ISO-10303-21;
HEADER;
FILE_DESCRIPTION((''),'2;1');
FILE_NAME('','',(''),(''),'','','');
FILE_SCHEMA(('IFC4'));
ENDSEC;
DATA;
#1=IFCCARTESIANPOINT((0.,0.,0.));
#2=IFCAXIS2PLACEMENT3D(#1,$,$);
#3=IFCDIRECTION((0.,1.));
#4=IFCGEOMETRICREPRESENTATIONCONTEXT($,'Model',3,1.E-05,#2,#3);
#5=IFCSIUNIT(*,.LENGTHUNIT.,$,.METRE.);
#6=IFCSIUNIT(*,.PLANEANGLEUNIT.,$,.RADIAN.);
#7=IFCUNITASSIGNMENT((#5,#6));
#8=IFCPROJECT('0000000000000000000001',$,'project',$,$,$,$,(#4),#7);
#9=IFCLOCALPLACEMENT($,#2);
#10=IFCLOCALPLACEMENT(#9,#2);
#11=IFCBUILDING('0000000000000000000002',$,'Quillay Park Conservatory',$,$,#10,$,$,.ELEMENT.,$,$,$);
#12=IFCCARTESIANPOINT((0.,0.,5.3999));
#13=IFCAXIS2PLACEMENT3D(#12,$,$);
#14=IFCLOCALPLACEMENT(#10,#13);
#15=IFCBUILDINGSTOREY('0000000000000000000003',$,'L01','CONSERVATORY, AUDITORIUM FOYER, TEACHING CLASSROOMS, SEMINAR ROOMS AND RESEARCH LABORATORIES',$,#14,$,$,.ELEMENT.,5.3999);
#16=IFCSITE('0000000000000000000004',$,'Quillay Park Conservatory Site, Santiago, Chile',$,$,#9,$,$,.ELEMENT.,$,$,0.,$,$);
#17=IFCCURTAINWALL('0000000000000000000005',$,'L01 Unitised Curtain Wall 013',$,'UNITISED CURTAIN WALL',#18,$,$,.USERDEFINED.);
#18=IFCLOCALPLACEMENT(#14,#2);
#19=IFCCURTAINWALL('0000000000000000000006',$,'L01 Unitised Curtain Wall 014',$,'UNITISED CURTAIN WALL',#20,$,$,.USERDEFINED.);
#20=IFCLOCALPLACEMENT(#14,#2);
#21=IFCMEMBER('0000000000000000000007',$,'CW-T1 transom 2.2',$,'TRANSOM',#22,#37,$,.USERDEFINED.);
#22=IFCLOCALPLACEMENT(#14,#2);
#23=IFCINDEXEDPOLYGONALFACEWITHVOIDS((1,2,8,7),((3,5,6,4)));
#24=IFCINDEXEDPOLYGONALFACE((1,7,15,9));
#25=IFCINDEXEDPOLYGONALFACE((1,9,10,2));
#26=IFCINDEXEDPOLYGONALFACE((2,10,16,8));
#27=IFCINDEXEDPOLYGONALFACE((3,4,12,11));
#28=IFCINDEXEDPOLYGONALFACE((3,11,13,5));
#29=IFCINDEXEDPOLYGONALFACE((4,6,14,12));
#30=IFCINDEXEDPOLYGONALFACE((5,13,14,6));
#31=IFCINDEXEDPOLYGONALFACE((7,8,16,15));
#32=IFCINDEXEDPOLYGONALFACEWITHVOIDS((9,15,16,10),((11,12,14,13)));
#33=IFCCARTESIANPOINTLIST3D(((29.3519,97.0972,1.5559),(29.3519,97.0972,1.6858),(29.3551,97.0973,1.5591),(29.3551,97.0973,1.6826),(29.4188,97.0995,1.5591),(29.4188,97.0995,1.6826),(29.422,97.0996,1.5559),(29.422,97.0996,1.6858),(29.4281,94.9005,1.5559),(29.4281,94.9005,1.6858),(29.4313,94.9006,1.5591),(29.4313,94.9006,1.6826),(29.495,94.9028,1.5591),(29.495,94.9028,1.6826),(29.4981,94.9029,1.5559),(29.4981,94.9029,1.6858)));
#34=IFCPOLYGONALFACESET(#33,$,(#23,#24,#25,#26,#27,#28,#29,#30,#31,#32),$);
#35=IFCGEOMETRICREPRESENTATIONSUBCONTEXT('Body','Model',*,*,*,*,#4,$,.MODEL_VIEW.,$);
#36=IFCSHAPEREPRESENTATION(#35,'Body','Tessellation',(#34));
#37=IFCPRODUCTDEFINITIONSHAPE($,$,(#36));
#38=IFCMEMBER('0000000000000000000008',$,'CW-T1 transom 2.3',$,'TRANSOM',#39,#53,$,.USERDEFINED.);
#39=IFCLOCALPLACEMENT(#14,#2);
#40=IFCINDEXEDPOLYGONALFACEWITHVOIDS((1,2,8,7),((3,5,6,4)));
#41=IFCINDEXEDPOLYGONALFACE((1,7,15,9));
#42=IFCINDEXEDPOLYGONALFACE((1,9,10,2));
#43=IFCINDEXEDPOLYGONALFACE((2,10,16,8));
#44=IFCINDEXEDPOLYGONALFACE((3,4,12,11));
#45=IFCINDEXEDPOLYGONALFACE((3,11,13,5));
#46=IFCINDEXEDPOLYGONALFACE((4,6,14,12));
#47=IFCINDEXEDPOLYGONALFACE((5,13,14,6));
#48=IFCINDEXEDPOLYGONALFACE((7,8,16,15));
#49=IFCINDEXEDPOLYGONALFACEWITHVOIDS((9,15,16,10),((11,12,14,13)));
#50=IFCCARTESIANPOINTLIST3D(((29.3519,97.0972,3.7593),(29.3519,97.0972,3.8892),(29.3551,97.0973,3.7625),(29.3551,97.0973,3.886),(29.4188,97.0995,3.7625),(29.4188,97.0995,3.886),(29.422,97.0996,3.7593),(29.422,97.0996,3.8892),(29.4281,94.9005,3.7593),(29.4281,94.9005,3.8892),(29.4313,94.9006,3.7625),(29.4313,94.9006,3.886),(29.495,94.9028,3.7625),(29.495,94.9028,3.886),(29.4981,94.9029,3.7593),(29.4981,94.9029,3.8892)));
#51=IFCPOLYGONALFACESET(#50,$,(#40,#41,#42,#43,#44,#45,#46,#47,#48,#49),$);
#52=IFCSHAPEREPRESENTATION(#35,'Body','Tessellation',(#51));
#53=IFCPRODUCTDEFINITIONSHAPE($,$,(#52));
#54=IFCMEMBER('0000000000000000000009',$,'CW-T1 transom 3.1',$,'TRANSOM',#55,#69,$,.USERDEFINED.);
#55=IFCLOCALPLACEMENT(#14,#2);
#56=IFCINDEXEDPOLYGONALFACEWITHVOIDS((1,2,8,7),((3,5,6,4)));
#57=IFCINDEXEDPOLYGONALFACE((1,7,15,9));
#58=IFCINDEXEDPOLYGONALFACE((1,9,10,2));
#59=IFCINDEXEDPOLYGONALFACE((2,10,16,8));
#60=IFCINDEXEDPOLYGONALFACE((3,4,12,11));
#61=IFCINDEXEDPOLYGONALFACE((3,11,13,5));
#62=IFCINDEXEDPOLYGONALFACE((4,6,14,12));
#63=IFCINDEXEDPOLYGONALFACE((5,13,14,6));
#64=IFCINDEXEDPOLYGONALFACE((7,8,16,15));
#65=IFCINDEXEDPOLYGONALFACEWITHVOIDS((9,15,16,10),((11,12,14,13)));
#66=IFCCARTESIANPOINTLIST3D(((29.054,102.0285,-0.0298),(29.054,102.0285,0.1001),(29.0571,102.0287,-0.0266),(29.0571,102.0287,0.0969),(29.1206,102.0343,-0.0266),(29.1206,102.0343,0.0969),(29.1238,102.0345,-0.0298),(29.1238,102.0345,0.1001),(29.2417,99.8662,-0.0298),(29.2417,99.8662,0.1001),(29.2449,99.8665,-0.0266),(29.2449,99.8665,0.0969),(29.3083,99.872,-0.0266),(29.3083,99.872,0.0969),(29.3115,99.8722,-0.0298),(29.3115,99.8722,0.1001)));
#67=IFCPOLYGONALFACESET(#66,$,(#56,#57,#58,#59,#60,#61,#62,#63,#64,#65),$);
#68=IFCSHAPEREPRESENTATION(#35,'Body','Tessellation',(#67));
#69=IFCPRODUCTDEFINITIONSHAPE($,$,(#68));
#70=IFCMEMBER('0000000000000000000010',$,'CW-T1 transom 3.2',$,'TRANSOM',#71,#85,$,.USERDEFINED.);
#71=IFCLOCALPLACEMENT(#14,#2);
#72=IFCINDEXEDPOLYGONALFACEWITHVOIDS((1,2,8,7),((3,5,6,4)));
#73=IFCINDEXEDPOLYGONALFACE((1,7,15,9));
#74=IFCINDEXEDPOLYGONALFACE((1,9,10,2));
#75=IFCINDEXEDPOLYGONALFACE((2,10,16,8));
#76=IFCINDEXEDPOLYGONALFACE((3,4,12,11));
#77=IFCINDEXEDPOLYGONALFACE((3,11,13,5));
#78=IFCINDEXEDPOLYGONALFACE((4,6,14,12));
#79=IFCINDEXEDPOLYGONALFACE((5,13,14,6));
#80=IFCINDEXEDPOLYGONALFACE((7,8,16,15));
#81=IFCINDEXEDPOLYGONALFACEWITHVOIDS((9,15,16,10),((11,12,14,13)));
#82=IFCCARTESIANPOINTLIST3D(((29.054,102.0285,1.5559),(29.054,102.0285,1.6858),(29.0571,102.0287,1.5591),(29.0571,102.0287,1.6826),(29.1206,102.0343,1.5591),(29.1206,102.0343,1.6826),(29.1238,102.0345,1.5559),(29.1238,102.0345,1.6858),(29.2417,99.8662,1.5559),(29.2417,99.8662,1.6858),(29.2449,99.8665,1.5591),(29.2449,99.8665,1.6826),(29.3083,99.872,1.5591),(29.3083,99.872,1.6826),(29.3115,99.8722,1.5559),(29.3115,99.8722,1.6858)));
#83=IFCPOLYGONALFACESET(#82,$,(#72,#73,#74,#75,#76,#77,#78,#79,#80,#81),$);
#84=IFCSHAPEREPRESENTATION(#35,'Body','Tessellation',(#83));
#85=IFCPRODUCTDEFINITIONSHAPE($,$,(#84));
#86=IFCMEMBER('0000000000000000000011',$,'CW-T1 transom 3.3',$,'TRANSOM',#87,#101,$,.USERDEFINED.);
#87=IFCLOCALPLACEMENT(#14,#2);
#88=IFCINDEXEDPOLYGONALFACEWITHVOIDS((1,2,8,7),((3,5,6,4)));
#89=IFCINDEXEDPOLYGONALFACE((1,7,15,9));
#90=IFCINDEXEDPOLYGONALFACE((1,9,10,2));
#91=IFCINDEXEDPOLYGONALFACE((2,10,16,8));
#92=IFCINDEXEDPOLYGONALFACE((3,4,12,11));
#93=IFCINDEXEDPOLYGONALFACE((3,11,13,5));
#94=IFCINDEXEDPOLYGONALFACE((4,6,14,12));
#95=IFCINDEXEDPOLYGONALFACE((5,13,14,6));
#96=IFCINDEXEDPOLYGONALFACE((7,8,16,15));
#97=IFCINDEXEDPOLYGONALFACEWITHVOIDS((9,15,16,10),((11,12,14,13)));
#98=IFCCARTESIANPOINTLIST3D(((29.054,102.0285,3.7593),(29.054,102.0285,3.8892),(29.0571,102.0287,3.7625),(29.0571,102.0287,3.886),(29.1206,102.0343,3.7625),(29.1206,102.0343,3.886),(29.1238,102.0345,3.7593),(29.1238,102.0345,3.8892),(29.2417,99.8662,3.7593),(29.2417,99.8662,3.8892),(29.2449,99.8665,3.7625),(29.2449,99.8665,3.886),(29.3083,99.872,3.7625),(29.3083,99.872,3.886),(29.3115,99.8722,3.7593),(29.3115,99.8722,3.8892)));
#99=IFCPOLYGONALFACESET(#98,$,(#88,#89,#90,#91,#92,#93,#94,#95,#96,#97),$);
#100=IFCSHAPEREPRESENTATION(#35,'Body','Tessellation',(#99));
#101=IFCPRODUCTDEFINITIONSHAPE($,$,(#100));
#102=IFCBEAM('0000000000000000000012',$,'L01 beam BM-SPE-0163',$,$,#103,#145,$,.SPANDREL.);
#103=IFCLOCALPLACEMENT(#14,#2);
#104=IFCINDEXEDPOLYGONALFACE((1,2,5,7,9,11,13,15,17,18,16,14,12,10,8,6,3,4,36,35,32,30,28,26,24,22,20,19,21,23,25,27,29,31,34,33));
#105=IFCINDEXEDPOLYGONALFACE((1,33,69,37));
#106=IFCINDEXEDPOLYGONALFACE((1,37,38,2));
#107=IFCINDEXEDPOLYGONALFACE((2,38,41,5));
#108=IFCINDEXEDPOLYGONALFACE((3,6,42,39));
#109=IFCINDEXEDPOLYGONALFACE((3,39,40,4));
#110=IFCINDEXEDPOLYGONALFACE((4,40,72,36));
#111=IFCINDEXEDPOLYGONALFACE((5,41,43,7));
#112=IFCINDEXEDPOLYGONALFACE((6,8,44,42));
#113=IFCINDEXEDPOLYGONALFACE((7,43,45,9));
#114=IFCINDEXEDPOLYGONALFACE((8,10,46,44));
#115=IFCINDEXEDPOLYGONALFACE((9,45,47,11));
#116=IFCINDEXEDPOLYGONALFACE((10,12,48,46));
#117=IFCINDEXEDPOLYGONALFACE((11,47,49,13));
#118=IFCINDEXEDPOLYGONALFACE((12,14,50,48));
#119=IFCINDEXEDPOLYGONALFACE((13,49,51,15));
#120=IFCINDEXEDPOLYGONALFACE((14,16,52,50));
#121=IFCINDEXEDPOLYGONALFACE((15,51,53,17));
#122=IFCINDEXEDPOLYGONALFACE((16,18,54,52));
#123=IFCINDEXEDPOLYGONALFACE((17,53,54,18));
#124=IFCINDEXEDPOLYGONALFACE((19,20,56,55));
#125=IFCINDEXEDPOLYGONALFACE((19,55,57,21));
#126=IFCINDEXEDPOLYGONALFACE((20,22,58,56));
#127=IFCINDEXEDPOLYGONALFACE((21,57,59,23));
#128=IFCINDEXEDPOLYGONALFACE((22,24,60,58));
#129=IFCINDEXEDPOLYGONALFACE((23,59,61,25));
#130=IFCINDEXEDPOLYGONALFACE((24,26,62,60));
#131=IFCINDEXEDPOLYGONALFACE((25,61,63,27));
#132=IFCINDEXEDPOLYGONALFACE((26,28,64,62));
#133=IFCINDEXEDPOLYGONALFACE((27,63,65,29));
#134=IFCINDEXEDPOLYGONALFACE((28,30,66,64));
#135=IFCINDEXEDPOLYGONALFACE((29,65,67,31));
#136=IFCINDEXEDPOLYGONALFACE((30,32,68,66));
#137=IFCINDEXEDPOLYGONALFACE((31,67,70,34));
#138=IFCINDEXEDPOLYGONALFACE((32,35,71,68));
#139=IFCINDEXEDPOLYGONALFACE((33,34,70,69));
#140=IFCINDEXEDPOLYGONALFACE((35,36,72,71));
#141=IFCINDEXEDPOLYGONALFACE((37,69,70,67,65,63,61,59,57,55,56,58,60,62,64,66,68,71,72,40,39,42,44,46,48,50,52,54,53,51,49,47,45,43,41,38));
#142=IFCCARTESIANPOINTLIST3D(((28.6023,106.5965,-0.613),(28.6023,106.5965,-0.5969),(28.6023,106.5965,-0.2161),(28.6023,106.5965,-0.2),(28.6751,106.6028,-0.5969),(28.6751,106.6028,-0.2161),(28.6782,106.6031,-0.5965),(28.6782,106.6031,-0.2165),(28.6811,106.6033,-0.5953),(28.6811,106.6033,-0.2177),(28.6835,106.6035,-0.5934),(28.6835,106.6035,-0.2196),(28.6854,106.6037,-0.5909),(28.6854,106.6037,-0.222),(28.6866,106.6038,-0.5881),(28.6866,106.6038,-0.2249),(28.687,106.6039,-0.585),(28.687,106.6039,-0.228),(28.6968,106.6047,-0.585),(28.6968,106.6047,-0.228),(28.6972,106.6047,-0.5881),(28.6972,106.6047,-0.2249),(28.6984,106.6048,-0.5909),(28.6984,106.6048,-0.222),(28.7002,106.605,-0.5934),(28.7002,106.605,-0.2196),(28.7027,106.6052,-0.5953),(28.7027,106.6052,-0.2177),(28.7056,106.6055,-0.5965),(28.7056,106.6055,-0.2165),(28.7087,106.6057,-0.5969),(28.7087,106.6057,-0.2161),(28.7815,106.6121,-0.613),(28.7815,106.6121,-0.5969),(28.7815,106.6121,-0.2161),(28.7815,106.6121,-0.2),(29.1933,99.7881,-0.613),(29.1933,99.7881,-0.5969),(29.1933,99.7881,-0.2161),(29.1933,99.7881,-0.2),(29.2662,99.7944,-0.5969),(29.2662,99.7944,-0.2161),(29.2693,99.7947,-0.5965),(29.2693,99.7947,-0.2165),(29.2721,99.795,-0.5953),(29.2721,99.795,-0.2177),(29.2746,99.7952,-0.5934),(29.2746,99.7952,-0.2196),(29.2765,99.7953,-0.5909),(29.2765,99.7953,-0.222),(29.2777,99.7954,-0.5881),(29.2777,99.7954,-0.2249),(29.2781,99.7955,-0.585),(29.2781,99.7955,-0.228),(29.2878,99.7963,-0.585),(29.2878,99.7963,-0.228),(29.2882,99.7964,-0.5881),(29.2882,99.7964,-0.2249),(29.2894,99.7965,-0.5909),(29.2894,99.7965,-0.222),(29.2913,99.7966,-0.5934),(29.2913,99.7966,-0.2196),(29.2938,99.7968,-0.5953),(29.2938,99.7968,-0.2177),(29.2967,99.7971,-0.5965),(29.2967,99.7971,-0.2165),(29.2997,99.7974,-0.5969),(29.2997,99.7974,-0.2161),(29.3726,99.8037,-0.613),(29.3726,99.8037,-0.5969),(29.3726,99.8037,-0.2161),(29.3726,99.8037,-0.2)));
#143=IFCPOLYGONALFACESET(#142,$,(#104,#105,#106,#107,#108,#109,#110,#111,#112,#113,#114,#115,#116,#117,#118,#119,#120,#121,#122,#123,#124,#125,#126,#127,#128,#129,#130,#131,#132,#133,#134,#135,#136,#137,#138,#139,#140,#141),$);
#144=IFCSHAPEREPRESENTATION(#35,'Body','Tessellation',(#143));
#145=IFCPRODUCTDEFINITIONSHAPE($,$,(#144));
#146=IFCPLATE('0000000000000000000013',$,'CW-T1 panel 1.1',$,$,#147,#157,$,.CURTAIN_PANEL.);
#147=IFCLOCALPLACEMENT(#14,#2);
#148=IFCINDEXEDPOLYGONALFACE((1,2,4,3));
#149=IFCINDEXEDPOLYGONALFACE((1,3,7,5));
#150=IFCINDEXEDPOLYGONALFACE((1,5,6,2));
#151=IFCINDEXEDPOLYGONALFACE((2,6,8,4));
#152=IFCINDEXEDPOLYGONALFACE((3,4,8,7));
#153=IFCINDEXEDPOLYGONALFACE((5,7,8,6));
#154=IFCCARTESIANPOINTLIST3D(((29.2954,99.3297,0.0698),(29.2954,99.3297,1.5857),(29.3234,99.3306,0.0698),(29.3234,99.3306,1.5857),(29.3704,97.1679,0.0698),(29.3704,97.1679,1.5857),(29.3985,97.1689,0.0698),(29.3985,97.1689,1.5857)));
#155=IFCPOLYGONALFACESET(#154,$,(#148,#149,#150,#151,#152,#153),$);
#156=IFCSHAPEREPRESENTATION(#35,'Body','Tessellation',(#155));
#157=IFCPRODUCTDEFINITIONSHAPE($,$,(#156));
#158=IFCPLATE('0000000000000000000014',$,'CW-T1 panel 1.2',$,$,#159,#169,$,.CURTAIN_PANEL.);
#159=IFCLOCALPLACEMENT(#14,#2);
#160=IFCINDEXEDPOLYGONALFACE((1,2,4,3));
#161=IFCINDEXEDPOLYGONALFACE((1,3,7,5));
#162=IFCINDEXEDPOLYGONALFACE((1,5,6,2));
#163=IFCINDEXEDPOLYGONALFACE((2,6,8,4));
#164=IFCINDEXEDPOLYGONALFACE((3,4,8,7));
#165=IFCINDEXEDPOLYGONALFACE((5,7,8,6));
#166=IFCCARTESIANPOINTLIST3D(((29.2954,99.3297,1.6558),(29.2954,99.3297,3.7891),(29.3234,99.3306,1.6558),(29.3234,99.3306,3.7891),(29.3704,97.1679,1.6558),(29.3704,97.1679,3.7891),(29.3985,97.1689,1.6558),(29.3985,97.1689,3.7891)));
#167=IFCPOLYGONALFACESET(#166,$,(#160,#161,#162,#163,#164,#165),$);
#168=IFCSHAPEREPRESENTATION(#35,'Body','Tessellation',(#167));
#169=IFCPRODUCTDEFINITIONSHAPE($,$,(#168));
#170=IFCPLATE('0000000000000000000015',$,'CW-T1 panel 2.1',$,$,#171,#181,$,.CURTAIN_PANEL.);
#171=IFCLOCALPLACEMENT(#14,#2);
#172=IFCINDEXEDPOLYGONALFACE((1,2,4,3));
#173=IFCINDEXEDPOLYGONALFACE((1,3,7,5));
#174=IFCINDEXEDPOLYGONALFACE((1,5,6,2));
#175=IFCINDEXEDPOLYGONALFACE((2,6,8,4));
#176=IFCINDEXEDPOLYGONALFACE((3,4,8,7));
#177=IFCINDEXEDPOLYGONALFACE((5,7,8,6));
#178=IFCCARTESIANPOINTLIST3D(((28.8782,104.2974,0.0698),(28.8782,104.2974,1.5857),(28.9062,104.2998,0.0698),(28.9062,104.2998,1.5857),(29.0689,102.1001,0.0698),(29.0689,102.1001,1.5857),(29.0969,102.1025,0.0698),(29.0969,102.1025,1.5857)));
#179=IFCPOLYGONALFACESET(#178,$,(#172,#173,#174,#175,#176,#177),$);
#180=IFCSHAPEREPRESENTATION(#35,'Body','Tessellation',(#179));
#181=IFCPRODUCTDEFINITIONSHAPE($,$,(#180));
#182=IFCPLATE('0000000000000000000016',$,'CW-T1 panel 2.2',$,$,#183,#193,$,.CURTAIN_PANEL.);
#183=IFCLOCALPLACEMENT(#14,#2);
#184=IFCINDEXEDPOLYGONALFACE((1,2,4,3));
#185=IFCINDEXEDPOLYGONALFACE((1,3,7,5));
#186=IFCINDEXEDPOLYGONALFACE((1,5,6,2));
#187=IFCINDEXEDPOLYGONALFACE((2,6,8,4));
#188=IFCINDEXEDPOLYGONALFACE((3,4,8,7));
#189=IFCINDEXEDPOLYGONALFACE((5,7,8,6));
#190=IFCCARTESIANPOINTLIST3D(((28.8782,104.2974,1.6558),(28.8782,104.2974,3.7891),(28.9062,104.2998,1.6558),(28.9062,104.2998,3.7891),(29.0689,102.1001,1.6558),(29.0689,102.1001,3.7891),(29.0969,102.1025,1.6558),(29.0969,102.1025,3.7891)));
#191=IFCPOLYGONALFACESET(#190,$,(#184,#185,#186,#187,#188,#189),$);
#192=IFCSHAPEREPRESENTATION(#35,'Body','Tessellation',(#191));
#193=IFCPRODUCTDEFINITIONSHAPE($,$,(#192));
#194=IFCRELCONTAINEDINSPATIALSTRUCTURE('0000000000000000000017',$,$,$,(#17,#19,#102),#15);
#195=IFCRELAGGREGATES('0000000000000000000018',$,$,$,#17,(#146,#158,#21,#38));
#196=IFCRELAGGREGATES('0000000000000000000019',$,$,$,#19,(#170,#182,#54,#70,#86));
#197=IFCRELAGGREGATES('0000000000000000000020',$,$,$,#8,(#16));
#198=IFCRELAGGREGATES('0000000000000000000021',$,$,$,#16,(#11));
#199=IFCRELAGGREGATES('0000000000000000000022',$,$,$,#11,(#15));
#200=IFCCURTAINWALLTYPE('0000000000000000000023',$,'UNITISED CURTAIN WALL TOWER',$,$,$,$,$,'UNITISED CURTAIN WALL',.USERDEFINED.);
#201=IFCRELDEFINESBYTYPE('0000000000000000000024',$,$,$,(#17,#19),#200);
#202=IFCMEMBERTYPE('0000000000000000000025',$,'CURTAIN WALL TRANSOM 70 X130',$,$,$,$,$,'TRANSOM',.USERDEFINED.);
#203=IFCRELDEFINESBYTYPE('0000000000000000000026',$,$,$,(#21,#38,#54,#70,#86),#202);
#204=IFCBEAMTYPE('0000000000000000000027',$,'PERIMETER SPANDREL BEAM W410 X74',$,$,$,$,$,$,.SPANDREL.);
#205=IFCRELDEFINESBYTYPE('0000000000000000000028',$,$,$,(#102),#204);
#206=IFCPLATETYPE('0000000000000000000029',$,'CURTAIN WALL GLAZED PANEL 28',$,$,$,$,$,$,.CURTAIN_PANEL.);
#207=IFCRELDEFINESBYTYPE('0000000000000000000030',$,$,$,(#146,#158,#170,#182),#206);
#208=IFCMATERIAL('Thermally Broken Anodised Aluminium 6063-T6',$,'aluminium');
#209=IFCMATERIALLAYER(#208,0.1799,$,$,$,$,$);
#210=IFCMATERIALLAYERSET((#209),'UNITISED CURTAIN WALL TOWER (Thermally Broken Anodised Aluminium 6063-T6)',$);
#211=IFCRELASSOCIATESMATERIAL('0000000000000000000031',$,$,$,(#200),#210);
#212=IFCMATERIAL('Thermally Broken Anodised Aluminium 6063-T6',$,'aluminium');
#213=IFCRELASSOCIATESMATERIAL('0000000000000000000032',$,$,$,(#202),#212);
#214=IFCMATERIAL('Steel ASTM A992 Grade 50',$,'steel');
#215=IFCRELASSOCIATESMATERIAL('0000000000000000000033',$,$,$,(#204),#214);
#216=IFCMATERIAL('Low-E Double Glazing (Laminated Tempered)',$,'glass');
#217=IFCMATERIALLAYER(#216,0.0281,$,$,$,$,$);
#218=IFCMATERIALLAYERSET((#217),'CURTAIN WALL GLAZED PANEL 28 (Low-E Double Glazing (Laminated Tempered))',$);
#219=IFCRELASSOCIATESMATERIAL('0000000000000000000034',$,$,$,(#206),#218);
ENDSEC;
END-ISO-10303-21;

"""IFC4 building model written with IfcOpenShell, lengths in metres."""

from ifc_helpers import new_model, si_unit, direction, frame, origin, origin_2d, place, context, subcontext, project, spatial, rectangle, hollow_rectangle, i_section, extrude, material, layer, layer_set, material_profile, profile_set, type_object, element, aggregate, save


model = new_model("IFC4")

# Units and contexts
model_context = context("Model", 3, precision=1e-05, world=origin(), true_north=direction((0.0, 1.0)))
body_context = subcontext(model_context, "Body", "Model", "MODEL_VIEW")
ifc_project = project(units=[si_unit("LENGTHUNIT", "METRE"), si_unit("PLANEANGLEUNIT", "RADIAN")], contexts=[model_context])

# Site, building, storey
site_placement = place(None, origin())
site = spatial("IfcSite", under=ifc_project, at=site_placement, Name="Quillay Park Conservatory Site, Santiago, Chile", CompositionType="ELEMENT", RefElevation=0.0)
building_placement = place(site_placement, origin())
building = spatial("IfcBuilding", under=site, at=building_placement, Name="Quillay Park Conservatory", CompositionType="ELEMENT")
storey_placement = place(building_placement, frame((0.0, 0.0, 5.3999)))
storey = spatial("IfcBuildingStorey", under=building, at=storey_placement, Name="L01", Description="CONSERVATORY, AUDITORIUM FOYER, TEACHING CLASSROOMS, SEMINAR ROOMS AND RESEARCH LABORATORIES", CompositionType="ELEMENT", Elevation=5.3999)

# Curtain walls
ifc_material_1 = material(Name="Thermally Broken Anodised Aluminium 6063-T6", Category="aluminium")
ifc_layer_1 = layer(ifc_material_1, 0.1799)
ifc_layer_set_1 = layer_set([ifc_layer_1], Name="UNITISED CURTAIN WALL TOWER (Thermally Broken Anodised Aluminium 6063-T6)")
curtain_wall_type = type_object("IfcCurtainWallType", Name="UNITISED CURTAIN WALL TOWER", ElementType="UNITISED CURTAIN WALL", PredefinedType="USERDEFINED", material=ifc_layer_set_1)
curtain_wall_1_placement = place(storey_placement, origin())
curtain_wall_1 = element("IfcCurtainWall", 1, at=curtain_wall_1_placement, inside=storey, type_object=curtain_wall_type, Name="L01 Unitised Curtain Wall 013", ObjectType="UNITISED CURTAIN WALL", PredefinedType="USERDEFINED")
curtain_wall_2_placement = place(storey_placement, origin())
curtain_wall_2 = element("IfcCurtainWall", 2, at=curtain_wall_2_placement, inside=storey, type_object=curtain_wall_type, Name="L01 Unitised Curtain Wall 014", ObjectType="UNITISED CURTAIN WALL", PredefinedType="USERDEFINED")

# Members
ifc_material_2 = material(Name="Thermally Broken Anodised Aluminium 6063-T6", Category="aluminium")
ifc_material_profile_1 = material_profile(ifc_material_2, hollow_rectangle(XDim=0.0701, YDim=0.1299, WallThickness=0.0032, at=origin_2d()), Name="AL70x130x3.2")
ifc_profile_set_1 = profile_set([ifc_material_profile_1], Name="Thermally Broken Anodised Aluminium 6063-T6")
member_type_1 = type_object("IfcMemberType", Name="CURTAIN WALL TRANSOM 70 X130", ElementType="TRANSOM", PredefinedType="USERDEFINED", material=ifc_profile_set_1)
member_1_placement = place(storey_placement, frame((29.387, 97.0984, 1.6208), z_axis=(0.034654, -0.999399, 0.0), x_axis=(0.999399, 0.034654, 0.0)))
member_1 = element("IfcMember", 3, at=member_1_placement, type_object=member_type_1, Name="CW-T1 transom 2.2", ObjectType="TRANSOM", PredefinedType="USERDEFINED", context=body_context, shape_type="SweptSolid", body=[
    extrude(hollow_rectangle(XDim=0.0701, YDim=0.1299, WallThickness=0.0032, at=origin_2d()), origin(), (0.0, 0.0, 1.0), 2.198),
])
member_2_placement = place(storey_placement, frame((29.387, 97.0984, 3.8242), z_axis=(0.034654, -0.999399, 0.0), x_axis=(0.999399, 0.034654, 0.0)))
member_2 = element("IfcMember", 4, at=member_2_placement, type_object=member_type_1, Name="CW-T1 transom 2.3", ObjectType="TRANSOM", PredefinedType="USERDEFINED", context=body_context, shape_type="SweptSolid", body=[
    extrude(hollow_rectangle(XDim=0.0701, YDim=0.1299, WallThickness=0.0032, at=origin_2d()), origin(), (0.0, 0.0, 1.0), 2.198),
])
member_3_placement = place(storey_placement, frame((29.0889, 102.0315, 0.0352), z_axis=(0.086499, -0.996252, 0.0), x_axis=(0.996252, 0.086499, 0.0)))
member_3 = element("IfcMember", 5, at=member_3_placement, type_object=member_type_1, Name="CW-T1 transom 3.1", ObjectType="TRANSOM", PredefinedType="USERDEFINED", context=body_context, shape_type="SweptSolid", body=[
    extrude(hollow_rectangle(XDim=0.0701, YDim=0.1299, WallThickness=0.0032, at=origin_2d()), origin(), (0.0, 0.0, 1.0), 2.1704),
])
member_4_placement = place(storey_placement, frame((29.0889, 102.0315, 1.6208), z_axis=(0.086499, -0.996252, 0.0), x_axis=(0.996252, 0.086499, 0.0)))
member_4 = element("IfcMember", 6, at=member_4_placement, type_object=member_type_1, Name="CW-T1 transom 3.2", ObjectType="TRANSOM", PredefinedType="USERDEFINED", context=body_context, shape_type="SweptSolid", body=[
    extrude(hollow_rectangle(XDim=0.0701, YDim=0.1299, WallThickness=0.0032, at=origin_2d()), origin(), (0.0, 0.0, 1.0), 2.1704),
])
member_5_placement = place(storey_placement, frame((29.0889, 102.0315, 3.8242), z_axis=(0.086499, -0.996252, 0.0), x_axis=(0.996252, 0.086499, 0.0)))
member_5 = element("IfcMember", 7, at=member_5_placement, type_object=member_type_1, Name="CW-T1 transom 3.3", ObjectType="TRANSOM", PredefinedType="USERDEFINED", context=body_context, shape_type="SweptSolid", body=[
    extrude(hollow_rectangle(XDim=0.0701, YDim=0.1299, WallThickness=0.0032, at=origin_2d()), origin(), (0.0, 0.0, 1.0), 2.1704),
])

# Beam
ifc_material_3 = material(Name="Steel ASTM A992 Grade 50", Category="steel")
ifc_material_profile_2 = material_profile(ifc_material_3, i_section(OverallWidth=0.1799, OverallDepth=0.4131, WebThickness=0.0098, FlangeThickness=0.0161, FilletRadius=0.012, at=origin_2d()), Name="W410x74")
ifc_profile_set_2 = profile_set([ifc_material_profile_2], Name="Steel ASTM A992 Grade 50")
beam_type = type_object("IfcBeamType", Name="PERIMETER SPANDREL BEAM W410 X74", PredefinedType="SPANDREL", material=ifc_profile_set_2)
beam_placement = place(storey_placement, frame((29.283, 99.7959, -0.4065), z_axis=(-0.086489, 0.996253, 0.0), x_axis=(-0.996253, -0.086489, 0.0)))
element("IfcBeam", 8, at=beam_placement, inside=storey, type_object=beam_type, Name="L01 beam BM-SPE-0163", PredefinedType="SPANDREL", context=body_context, shape_type="SweptSolid", body=[
    extrude(i_section(OverallWidth=0.1799, OverallDepth=0.4131, WebThickness=0.0098, FlangeThickness=0.0161, FilletRadius=0.012, at=origin_2d()), origin(), (0.0, 0.0, 1.0), 6.834),
])

# Plates
ifc_material_4 = material(Name="Low-E Double Glazing (Laminated Tempered)", Category="glass")
ifc_layer_2 = layer(ifc_material_4, 0.0281)
ifc_layer_set_2 = layer_set([ifc_layer_2], Name="CURTAIN WALL GLAZED PANEL 28 (Low-E Double Glazing (Laminated Tempered))")
plate_type = type_object("IfcPlateType", Name="CURTAIN WALL GLAZED PANEL 28", PredefinedType="CURTAIN_PANEL", material=ifc_layer_set_2)
plate_1_placement = place(storey_placement, frame((29.3469, 98.2493, 0.0698), z_axis=(0.0, 0.0, 1.0), x_axis=(0.034713, -0.999397, 0.0)))
plate_1 = element("IfcPlate", 9, at=plate_1_placement, type_object=plate_type, Name="CW-T1 panel 1.1", PredefinedType="CURTAIN_PANEL", context=body_context, shape_type="SweptSolid", body=[
    extrude(rectangle(XDim=2.1631, YDim=0.0281, at=origin_2d()), origin(), (0.0, 0.0, 1.0), 1.5159),
])
plate_2_placement = place(storey_placement, frame((29.3469, 98.2493, 1.6558), z_axis=(0.0, 0.0, 1.0), x_axis=(0.034713, -0.999397, 0.0)))
plate_2 = element("IfcPlate", 10, at=plate_2_placement, type_object=plate_type, Name="CW-T1 panel 1.2", PredefinedType="CURTAIN_PANEL", context=body_context, shape_type="SweptSolid", body=[
    extrude(rectangle(XDim=2.1631, YDim=0.0281, at=origin_2d()), origin(), (0.0, 0.0, 1.0), 2.1333),
])
aggregate(curtain_wall_1, [plate_1, plate_2, member_1, member_2])
plate_3_placement = place(storey_placement, frame((28.9875, 103.2, 0.0698), z_axis=(0.0, 0.0, 1.0), x_axis=(0.08648, -0.996254, 0.0)))
plate_3 = element("IfcPlate", 11, at=plate_3_placement, type_object=plate_type, Name="CW-T1 panel 2.1", PredefinedType="CURTAIN_PANEL", context=body_context, shape_type="SweptSolid", body=[
    extrude(rectangle(XDim=2.2056, YDim=0.0281, at=origin_2d()), origin(), (0.0, 0.0, 1.0), 1.5159),
])
plate_4_placement = place(storey_placement, frame((28.9875, 103.2, 1.6558), z_axis=(0.0, 0.0, 1.0), x_axis=(0.08648, -0.996254, 0.0)))
plate_4 = element("IfcPlate", 12, at=plate_4_placement, type_object=plate_type, Name="CW-T1 panel 2.2", PredefinedType="CURTAIN_PANEL", context=body_context, shape_type="SweptSolid", body=[
    extrude(rectangle(XDim=2.2056, YDim=0.0281, at=origin_2d()), origin(), (0.0, 0.0, 1.0), 2.1333),
])
aggregate(curtain_wall_2, [plate_3, plate_4, member_3, member_4, member_5])

save(model, "model.ifc")
